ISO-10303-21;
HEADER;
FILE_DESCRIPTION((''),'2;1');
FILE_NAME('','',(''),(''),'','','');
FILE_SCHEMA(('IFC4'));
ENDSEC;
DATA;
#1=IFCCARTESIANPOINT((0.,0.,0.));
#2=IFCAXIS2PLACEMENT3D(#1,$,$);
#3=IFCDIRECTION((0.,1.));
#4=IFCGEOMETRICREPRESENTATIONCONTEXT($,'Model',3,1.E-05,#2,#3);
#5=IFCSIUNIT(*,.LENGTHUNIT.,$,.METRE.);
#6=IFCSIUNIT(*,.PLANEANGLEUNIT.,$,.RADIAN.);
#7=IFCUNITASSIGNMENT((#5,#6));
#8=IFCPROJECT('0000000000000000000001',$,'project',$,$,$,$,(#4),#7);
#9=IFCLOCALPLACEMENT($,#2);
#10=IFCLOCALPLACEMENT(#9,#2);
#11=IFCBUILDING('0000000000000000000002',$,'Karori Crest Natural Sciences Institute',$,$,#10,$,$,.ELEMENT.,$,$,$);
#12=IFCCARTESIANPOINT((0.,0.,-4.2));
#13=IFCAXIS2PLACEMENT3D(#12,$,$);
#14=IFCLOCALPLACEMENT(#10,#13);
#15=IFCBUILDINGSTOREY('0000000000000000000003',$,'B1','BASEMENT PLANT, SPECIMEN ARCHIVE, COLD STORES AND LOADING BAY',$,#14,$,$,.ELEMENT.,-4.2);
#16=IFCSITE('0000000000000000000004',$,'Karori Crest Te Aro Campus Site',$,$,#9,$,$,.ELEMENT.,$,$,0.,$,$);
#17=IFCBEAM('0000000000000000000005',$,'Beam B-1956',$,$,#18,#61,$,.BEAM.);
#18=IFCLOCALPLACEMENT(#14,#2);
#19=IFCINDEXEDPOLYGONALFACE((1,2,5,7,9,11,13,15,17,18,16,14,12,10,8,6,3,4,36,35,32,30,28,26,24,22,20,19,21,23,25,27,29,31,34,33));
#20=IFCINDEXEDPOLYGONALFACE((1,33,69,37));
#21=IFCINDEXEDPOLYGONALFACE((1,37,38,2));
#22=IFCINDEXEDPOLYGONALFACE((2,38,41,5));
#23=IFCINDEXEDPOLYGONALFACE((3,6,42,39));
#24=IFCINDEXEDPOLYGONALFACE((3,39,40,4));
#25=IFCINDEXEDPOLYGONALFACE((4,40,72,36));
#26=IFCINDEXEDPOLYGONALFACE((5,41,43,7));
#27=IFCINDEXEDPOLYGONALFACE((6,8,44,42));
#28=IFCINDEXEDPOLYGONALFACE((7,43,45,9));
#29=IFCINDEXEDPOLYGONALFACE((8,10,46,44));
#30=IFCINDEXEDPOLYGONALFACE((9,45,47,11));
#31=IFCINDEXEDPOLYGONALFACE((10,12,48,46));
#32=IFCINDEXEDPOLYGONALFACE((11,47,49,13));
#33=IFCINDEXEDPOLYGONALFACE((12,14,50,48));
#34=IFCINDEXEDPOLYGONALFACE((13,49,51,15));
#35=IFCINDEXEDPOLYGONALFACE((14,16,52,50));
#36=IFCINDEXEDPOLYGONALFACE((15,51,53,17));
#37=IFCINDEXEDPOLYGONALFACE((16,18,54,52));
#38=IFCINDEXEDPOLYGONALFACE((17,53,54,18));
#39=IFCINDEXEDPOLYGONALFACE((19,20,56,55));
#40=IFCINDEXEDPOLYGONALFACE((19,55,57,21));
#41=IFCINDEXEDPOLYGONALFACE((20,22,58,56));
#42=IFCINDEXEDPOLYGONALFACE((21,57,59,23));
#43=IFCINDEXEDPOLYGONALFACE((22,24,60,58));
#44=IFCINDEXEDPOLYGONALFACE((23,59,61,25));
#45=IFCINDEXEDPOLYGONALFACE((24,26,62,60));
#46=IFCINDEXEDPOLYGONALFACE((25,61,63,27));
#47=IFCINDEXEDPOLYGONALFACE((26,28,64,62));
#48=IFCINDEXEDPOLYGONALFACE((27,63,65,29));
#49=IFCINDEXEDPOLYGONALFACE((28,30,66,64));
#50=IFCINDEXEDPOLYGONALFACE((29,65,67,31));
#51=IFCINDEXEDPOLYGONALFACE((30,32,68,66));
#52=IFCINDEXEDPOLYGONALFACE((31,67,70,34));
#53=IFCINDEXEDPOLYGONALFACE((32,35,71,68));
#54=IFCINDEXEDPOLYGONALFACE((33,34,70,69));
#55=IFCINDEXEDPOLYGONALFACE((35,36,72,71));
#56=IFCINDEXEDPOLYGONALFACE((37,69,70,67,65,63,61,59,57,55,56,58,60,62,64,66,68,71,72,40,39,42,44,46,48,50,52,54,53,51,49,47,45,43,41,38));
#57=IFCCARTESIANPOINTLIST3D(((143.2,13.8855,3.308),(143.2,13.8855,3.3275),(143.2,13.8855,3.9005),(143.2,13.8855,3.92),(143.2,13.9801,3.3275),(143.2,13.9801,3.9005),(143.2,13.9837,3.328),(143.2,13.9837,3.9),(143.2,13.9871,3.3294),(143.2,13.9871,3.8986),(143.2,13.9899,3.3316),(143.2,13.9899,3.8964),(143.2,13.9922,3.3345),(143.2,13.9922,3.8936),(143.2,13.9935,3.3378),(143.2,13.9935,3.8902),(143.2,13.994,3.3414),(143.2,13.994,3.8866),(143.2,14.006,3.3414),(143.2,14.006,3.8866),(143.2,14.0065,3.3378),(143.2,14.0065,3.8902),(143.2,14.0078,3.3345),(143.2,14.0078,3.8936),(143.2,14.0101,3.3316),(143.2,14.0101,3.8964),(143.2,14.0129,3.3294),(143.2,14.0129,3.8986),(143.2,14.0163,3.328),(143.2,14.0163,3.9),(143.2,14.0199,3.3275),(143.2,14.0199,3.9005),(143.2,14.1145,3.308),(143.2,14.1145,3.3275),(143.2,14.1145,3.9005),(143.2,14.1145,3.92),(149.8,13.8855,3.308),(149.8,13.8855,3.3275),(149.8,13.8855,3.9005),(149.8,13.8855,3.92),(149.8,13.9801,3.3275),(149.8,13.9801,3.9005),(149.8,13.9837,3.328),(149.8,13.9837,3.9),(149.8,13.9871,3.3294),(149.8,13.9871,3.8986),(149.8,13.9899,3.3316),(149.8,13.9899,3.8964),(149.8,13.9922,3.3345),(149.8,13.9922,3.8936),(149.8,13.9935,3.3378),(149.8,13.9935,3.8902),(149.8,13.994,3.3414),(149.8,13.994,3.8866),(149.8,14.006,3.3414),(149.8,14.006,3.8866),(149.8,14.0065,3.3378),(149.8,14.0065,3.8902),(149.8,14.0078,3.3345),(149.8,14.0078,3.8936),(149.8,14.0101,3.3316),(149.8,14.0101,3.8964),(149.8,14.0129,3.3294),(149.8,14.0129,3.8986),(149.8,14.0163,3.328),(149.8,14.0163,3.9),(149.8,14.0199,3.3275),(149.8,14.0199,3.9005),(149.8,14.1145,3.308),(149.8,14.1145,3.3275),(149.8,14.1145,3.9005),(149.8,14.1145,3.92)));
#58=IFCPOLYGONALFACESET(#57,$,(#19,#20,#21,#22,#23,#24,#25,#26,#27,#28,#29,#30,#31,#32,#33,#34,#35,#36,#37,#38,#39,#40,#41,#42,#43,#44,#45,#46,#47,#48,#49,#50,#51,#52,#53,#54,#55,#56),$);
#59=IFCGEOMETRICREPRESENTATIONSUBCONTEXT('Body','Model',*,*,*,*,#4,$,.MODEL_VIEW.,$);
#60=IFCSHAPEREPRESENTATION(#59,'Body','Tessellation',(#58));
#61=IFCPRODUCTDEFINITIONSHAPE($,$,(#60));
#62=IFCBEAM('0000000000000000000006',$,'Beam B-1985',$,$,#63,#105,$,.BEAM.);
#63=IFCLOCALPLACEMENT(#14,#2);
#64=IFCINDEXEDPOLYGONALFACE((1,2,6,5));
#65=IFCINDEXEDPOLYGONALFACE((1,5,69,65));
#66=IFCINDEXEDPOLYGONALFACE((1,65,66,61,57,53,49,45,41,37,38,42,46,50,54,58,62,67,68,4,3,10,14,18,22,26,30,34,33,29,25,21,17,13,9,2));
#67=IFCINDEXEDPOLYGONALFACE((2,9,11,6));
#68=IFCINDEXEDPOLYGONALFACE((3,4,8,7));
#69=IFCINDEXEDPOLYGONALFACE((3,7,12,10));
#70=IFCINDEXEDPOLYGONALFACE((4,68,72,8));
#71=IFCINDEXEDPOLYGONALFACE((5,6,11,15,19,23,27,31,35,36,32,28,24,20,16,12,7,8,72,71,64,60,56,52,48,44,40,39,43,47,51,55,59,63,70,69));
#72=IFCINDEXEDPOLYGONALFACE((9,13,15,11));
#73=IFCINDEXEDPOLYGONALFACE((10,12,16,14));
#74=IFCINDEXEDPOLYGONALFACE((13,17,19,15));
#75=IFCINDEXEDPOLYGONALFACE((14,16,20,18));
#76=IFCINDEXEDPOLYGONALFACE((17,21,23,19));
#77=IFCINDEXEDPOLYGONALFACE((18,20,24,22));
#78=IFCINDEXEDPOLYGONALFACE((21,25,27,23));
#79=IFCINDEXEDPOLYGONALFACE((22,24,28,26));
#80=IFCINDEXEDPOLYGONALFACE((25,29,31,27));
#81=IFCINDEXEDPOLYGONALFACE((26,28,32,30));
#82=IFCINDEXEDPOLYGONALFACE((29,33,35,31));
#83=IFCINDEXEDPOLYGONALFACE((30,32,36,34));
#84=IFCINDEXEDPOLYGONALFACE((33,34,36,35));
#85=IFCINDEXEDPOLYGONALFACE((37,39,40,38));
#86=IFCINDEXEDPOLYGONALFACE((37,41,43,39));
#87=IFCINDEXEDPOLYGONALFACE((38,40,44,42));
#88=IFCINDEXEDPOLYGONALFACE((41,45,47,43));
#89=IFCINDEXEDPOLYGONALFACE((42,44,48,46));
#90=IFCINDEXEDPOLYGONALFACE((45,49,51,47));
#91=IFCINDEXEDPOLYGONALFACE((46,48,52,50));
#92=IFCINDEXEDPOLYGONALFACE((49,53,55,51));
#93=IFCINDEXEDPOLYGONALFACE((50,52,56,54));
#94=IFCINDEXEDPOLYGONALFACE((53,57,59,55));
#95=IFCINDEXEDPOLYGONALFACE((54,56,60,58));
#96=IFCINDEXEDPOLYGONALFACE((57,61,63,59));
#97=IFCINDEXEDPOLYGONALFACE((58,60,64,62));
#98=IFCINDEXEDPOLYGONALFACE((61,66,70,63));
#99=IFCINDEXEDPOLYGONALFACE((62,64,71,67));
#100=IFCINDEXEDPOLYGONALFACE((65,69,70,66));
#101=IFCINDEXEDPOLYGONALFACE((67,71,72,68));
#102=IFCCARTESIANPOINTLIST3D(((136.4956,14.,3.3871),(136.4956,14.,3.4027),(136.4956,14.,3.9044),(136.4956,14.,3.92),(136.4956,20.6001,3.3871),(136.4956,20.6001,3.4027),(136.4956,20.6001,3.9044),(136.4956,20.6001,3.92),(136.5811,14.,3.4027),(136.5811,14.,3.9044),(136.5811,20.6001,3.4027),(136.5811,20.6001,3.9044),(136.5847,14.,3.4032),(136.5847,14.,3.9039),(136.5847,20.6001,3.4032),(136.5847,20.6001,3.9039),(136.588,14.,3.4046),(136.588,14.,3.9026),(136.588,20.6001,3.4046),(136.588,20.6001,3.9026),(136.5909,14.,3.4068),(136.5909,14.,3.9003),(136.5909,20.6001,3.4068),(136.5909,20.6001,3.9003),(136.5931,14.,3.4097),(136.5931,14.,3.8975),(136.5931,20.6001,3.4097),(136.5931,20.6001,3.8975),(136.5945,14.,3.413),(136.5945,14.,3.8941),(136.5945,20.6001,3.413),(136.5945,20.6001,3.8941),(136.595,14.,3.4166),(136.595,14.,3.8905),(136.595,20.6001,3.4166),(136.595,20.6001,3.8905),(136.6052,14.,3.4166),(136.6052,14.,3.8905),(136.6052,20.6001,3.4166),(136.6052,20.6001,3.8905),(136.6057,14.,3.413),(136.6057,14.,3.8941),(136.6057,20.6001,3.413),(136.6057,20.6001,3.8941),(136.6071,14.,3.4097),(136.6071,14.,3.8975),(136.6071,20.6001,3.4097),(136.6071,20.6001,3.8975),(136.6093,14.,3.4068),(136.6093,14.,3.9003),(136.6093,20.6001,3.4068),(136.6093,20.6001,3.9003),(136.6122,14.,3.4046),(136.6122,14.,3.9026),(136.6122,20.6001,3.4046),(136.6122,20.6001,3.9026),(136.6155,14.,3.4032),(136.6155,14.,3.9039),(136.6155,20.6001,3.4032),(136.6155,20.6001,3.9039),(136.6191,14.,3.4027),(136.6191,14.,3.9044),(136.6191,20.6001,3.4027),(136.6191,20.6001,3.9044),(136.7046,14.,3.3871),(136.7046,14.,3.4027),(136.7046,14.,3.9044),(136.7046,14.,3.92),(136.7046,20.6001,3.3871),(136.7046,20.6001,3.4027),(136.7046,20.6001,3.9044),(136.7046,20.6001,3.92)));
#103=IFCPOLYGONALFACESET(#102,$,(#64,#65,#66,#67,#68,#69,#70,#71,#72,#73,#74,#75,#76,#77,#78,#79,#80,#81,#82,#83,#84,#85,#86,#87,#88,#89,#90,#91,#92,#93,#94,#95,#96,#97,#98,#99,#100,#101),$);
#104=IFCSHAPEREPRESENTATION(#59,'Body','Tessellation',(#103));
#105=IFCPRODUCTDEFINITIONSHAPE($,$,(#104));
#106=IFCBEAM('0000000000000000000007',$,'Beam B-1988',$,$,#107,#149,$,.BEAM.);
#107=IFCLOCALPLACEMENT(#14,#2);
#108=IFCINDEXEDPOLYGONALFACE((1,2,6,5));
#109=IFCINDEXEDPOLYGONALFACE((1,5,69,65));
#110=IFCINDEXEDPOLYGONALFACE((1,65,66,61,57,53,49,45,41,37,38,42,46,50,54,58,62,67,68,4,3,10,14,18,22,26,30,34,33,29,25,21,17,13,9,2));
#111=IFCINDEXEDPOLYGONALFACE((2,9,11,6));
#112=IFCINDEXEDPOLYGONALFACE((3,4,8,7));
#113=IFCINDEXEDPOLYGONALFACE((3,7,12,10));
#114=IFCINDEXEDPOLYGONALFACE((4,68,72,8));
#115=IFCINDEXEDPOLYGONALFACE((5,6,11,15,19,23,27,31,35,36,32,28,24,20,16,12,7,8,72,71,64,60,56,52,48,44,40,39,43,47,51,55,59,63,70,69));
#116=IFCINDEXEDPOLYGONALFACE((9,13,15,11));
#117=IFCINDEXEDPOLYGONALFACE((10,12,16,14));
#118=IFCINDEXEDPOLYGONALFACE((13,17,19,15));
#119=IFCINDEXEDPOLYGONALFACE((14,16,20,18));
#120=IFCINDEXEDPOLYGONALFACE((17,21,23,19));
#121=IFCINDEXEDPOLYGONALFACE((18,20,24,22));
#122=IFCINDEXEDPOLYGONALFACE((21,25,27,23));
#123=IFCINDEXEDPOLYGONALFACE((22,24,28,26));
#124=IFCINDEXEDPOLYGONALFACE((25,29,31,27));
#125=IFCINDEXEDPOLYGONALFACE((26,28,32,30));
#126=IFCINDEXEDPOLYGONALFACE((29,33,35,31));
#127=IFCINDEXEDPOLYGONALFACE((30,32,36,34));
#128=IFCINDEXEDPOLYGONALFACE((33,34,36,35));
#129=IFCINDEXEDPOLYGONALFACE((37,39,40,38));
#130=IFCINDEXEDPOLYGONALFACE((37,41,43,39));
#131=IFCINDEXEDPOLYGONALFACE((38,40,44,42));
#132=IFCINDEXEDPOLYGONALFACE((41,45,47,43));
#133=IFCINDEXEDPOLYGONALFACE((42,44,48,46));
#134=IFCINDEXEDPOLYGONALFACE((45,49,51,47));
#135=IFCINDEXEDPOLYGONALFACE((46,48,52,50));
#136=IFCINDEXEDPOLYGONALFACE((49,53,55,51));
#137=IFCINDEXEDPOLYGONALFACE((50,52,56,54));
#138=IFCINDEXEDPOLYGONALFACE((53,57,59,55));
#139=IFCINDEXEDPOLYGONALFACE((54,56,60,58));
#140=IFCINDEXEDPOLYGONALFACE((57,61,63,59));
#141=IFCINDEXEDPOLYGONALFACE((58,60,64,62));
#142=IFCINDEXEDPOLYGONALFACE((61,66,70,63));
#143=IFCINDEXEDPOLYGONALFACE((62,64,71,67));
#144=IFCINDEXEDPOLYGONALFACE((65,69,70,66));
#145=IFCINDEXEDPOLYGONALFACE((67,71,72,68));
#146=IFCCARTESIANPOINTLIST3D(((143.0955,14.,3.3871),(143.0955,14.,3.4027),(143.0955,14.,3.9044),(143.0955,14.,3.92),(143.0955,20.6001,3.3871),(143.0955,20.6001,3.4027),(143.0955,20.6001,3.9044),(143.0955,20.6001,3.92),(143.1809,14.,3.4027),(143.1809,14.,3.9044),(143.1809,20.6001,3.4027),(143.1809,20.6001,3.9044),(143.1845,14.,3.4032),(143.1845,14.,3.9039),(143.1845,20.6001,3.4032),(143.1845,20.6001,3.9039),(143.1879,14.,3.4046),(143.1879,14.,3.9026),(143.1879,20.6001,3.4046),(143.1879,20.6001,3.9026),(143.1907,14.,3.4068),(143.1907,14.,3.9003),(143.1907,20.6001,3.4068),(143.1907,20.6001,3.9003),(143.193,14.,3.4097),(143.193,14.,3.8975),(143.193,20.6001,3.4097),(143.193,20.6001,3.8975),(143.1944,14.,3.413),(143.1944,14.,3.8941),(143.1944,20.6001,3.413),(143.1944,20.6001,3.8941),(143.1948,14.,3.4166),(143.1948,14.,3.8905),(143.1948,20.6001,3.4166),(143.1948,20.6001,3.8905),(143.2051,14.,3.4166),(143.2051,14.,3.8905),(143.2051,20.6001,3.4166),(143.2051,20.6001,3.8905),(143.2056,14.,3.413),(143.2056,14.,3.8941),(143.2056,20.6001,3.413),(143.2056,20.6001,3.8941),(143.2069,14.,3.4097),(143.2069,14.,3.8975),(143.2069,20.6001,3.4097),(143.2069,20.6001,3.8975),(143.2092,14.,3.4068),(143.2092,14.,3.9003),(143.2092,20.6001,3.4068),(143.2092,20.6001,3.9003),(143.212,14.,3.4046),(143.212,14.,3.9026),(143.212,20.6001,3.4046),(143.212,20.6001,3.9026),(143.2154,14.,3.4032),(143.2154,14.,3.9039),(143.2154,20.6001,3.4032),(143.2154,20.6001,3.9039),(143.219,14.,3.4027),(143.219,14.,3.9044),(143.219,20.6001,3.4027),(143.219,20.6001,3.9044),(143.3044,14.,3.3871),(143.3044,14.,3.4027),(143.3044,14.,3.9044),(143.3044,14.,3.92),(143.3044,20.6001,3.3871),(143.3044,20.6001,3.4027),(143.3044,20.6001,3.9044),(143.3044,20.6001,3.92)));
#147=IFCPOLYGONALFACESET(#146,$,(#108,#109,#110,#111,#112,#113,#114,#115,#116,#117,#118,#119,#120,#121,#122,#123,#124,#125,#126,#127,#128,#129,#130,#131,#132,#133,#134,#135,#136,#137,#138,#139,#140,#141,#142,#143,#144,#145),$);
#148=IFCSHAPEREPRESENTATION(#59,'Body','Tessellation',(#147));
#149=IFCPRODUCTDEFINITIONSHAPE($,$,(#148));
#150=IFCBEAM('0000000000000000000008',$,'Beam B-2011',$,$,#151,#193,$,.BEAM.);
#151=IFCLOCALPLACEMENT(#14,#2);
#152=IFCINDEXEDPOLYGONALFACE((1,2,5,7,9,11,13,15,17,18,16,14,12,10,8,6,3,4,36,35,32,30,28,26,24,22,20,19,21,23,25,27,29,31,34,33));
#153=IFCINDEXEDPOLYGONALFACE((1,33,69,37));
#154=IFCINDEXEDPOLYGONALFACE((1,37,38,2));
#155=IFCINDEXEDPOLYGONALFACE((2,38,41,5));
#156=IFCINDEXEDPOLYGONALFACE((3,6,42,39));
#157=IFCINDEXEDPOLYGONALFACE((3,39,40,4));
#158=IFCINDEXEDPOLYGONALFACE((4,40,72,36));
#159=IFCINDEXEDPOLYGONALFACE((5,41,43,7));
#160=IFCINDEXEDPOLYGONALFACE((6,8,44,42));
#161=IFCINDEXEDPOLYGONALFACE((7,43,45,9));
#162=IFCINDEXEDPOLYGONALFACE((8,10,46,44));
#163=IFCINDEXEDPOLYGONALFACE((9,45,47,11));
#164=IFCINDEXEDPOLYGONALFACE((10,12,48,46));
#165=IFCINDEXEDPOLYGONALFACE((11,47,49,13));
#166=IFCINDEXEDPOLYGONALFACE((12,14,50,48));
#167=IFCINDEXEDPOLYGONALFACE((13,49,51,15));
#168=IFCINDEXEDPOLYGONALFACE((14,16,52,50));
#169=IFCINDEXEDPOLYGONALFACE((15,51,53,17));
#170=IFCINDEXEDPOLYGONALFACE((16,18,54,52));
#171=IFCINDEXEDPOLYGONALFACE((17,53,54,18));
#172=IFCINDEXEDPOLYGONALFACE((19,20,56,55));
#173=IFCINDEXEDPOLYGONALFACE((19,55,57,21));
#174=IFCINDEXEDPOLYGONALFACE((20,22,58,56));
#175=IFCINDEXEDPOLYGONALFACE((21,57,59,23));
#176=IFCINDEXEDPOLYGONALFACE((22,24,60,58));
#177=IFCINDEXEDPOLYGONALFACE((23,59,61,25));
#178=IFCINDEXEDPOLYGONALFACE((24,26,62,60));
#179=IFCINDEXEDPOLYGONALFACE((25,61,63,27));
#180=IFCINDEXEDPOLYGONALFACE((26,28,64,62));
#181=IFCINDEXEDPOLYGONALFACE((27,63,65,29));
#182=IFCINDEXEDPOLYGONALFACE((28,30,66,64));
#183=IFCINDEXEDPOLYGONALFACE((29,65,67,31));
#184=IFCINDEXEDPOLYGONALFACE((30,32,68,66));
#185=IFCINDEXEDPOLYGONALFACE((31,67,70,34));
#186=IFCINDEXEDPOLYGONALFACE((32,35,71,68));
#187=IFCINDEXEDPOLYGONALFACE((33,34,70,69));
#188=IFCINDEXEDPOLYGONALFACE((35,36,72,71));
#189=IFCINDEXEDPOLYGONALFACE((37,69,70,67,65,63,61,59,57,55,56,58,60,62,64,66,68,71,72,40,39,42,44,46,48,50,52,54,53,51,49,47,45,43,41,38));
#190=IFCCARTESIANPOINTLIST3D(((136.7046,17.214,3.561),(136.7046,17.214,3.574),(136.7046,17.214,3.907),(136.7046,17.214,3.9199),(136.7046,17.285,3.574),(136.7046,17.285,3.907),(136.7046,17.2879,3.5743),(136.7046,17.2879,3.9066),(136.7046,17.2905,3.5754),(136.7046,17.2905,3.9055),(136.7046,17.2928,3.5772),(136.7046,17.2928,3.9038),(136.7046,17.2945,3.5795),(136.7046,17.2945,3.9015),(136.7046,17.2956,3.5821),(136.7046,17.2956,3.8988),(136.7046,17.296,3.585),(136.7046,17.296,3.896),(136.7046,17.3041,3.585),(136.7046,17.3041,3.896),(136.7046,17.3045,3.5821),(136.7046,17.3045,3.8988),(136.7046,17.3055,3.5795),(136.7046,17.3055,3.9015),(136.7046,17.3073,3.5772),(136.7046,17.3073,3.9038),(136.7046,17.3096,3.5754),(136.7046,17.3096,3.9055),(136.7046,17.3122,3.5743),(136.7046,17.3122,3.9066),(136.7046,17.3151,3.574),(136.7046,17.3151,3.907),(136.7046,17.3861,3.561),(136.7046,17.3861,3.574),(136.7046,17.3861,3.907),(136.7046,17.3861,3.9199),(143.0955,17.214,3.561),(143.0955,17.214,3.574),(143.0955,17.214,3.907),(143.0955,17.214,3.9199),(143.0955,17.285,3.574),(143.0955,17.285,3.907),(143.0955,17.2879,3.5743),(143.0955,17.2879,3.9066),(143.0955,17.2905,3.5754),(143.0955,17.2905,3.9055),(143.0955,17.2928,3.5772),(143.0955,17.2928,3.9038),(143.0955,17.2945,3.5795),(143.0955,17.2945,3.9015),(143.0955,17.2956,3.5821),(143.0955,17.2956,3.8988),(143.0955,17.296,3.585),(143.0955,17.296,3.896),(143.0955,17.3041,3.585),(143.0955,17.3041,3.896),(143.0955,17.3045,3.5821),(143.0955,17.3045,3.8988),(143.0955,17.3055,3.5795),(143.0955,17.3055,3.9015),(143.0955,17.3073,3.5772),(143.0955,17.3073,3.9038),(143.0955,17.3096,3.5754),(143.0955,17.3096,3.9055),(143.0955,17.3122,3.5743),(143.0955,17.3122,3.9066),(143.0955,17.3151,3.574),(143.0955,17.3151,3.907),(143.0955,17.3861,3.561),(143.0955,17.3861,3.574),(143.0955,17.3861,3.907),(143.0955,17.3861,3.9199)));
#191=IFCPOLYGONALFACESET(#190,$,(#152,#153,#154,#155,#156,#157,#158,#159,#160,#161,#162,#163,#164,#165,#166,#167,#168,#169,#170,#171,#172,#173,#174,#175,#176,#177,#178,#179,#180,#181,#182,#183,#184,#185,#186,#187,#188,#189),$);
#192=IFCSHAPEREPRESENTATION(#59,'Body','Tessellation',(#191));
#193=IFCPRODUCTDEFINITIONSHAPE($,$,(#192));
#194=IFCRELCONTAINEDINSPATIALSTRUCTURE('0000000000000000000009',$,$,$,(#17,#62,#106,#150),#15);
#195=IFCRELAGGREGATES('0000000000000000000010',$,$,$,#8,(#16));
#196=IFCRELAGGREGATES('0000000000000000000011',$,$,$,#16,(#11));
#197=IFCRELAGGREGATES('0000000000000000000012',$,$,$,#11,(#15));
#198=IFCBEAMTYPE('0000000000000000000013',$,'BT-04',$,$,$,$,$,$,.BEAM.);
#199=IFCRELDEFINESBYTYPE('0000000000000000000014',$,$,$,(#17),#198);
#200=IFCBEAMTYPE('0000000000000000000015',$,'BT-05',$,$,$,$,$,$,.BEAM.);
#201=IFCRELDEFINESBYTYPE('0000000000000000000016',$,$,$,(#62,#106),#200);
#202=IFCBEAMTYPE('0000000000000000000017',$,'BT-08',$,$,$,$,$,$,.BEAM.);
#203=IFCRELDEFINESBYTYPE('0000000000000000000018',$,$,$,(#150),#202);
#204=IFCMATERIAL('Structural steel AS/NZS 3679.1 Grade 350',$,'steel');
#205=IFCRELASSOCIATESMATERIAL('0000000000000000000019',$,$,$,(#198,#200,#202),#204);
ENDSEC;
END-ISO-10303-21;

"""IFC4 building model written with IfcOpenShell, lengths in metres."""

from ifc_helpers import new_model, si_unit, direction, frame, origin, origin_2d, place, context, subcontext, project, spatial, i_section, extrude, material, material_profile, profile_set, type_object, element, save


model = new_model("IFC4")

# Units and contexts
model_context = context("Model", 3, precision=1e-05, world=origin(), true_north=direction((0.0, 1.0)))
body_context = subcontext(model_context, "Body", "Model", "MODEL_VIEW")
ifc_project = project(units=[si_unit("LENGTHUNIT", "METRE"), si_unit("PLANEANGLEUNIT", "RADIAN")], contexts=[model_context])

# Site, building, storey
site_placement = place(None, origin())
site = spatial("IfcSite", under=ifc_project, at=site_placement, Name="Karori Crest Te Aro Campus Site", CompositionType="ELEMENT", RefElevation=0.0)
building_placement = place(site_placement, origin())
building = spatial("IfcBuilding", under=site, at=building_placement, Name="Karori Crest Natural Sciences Institute", CompositionType="ELEMENT")
storey_placement = place(building_placement, frame((0.0, 0.0, -4.2)))
storey = spatial("IfcBuildingStorey", under=building, at=storey_placement, Name="B1", Description="BASEMENT PLANT, SPECIMEN ARCHIVE, COLD STORES AND LOADING BAY", CompositionType="ELEMENT", Elevation=-4.2)

# Shared definitions
ifc_material_1 = material(Name="Structural steel AS/NZS 3679.1 Grade 350", Category="steel")

# Beams
ifc_material_profile_1 = material_profile(ifc_material_1, i_section(OverallWidth=0.229, OverallDepth=0.6121, WebThickness=0.012, FlangeThickness=0.0195, FilletRadius=0.0139, at=origin_2d()), Name="610UB125")
ifc_profile_set_1 = profile_set([ifc_material_profile_1], Name="Structural steel AS/NZS 3679.1 Grade 350")
beam_type_1 = type_object("IfcBeamType", Name="BT-04", PredefinedType="BEAM", material=ifc_profile_set_1)
beam_1_placement = place(storey_placement, frame((143.2, 14.0, 3.614), z_axis=(1.0, 0.0, 0.0), x_axis=(0.0, 1.0, 0.0)))
element("IfcBeam", 1, at=beam_1_placement, inside=storey, type_object=beam_type_1, Name="Beam B-1956", PredefinedType="BEAM", context=body_context, shape_type="SweptSolid", body=[
    extrude(i_section(OverallWidth=0.229, OverallDepth=0.6121, WebThickness=0.012, FlangeThickness=0.0195, FilletRadius=0.0139, at=origin_2d()), origin(), (0.0, 0.0, 1.0), 6.6001),
])
ifc_material_profile_2 = material_profile(ifc_material_1, i_section(OverallWidth=0.209, OverallDepth=0.533, WebThickness=0.0103, FlangeThickness=0.0156, FilletRadius=0.0139, at=origin_2d()), Name="530UB92.4")
ifc_profile_set_2 = profile_set([ifc_material_profile_2], Name="Structural steel AS/NZS 3679.1 Grade 350")
beam_type_2 = type_object("IfcBeamType", Name="BT-05", PredefinedType="BEAM", material=ifc_profile_set_2)
for number, where, z_axis, x_axis, name in (
    (2, (136.6001, 14.0, 3.6536), (0.0, 1.0, 0.0), (-1.0, 0.0, 0.0), "Beam B-1985"),
    (3, (143.2, 14.0, 3.6536), (0.0, 1.0, 0.0), (-1.0, 0.0, 0.0), "Beam B-1988"),
):
    element("IfcBeam", number, at=place(storey_placement, frame(where, z_axis=z_axis, x_axis=x_axis)), inside=storey, type_object=beam_type_2, Name=name, PredefinedType="BEAM", context=body_context, shape_type="SweptSolid", body=[
        extrude(i_section(OverallWidth=0.209, OverallDepth=0.533, WebThickness=0.0103, FlangeThickness=0.0156, FilletRadius=0.0139, at=origin_2d()), origin(), (0.0, 0.0, 1.0), 6.6001),
    ])
ifc_material_profile_3 = material_profile(ifc_material_1, i_section(OverallWidth=0.1721, OverallDepth=0.3589, WebThickness=0.0081, FlangeThickness=0.0129, FilletRadius=0.011, at=origin_2d()), Name="360UB56.7")
ifc_profile_set_3 = profile_set([ifc_material_profile_3], Name="Structural steel AS/NZS 3679.1 Grade 350")
beam_type_3 = type_object("IfcBeamType", Name="BT-08", PredefinedType="BEAM", material=ifc_profile_set_3)
beam_2_placement = place(storey_placement, frame((136.7046, 17.3, 3.7405), z_axis=(1.0, 0.0, 0.0), x_axis=(0.0, 1.0, 0.0)))
element("IfcBeam", 4, at=beam_2_placement, inside=storey, type_object=beam_type_3, Name="Beam B-2011", PredefinedType="BEAM", context=body_context, shape_type="SweptSolid", body=[
    extrude(i_section(OverallWidth=0.1721, OverallDepth=0.3589, WebThickness=0.0081, FlangeThickness=0.0129, FilletRadius=0.011, at=origin_2d()), origin(), (0.0, 0.0, 1.0), 6.3909),
])

save(model, "model.ifc")
